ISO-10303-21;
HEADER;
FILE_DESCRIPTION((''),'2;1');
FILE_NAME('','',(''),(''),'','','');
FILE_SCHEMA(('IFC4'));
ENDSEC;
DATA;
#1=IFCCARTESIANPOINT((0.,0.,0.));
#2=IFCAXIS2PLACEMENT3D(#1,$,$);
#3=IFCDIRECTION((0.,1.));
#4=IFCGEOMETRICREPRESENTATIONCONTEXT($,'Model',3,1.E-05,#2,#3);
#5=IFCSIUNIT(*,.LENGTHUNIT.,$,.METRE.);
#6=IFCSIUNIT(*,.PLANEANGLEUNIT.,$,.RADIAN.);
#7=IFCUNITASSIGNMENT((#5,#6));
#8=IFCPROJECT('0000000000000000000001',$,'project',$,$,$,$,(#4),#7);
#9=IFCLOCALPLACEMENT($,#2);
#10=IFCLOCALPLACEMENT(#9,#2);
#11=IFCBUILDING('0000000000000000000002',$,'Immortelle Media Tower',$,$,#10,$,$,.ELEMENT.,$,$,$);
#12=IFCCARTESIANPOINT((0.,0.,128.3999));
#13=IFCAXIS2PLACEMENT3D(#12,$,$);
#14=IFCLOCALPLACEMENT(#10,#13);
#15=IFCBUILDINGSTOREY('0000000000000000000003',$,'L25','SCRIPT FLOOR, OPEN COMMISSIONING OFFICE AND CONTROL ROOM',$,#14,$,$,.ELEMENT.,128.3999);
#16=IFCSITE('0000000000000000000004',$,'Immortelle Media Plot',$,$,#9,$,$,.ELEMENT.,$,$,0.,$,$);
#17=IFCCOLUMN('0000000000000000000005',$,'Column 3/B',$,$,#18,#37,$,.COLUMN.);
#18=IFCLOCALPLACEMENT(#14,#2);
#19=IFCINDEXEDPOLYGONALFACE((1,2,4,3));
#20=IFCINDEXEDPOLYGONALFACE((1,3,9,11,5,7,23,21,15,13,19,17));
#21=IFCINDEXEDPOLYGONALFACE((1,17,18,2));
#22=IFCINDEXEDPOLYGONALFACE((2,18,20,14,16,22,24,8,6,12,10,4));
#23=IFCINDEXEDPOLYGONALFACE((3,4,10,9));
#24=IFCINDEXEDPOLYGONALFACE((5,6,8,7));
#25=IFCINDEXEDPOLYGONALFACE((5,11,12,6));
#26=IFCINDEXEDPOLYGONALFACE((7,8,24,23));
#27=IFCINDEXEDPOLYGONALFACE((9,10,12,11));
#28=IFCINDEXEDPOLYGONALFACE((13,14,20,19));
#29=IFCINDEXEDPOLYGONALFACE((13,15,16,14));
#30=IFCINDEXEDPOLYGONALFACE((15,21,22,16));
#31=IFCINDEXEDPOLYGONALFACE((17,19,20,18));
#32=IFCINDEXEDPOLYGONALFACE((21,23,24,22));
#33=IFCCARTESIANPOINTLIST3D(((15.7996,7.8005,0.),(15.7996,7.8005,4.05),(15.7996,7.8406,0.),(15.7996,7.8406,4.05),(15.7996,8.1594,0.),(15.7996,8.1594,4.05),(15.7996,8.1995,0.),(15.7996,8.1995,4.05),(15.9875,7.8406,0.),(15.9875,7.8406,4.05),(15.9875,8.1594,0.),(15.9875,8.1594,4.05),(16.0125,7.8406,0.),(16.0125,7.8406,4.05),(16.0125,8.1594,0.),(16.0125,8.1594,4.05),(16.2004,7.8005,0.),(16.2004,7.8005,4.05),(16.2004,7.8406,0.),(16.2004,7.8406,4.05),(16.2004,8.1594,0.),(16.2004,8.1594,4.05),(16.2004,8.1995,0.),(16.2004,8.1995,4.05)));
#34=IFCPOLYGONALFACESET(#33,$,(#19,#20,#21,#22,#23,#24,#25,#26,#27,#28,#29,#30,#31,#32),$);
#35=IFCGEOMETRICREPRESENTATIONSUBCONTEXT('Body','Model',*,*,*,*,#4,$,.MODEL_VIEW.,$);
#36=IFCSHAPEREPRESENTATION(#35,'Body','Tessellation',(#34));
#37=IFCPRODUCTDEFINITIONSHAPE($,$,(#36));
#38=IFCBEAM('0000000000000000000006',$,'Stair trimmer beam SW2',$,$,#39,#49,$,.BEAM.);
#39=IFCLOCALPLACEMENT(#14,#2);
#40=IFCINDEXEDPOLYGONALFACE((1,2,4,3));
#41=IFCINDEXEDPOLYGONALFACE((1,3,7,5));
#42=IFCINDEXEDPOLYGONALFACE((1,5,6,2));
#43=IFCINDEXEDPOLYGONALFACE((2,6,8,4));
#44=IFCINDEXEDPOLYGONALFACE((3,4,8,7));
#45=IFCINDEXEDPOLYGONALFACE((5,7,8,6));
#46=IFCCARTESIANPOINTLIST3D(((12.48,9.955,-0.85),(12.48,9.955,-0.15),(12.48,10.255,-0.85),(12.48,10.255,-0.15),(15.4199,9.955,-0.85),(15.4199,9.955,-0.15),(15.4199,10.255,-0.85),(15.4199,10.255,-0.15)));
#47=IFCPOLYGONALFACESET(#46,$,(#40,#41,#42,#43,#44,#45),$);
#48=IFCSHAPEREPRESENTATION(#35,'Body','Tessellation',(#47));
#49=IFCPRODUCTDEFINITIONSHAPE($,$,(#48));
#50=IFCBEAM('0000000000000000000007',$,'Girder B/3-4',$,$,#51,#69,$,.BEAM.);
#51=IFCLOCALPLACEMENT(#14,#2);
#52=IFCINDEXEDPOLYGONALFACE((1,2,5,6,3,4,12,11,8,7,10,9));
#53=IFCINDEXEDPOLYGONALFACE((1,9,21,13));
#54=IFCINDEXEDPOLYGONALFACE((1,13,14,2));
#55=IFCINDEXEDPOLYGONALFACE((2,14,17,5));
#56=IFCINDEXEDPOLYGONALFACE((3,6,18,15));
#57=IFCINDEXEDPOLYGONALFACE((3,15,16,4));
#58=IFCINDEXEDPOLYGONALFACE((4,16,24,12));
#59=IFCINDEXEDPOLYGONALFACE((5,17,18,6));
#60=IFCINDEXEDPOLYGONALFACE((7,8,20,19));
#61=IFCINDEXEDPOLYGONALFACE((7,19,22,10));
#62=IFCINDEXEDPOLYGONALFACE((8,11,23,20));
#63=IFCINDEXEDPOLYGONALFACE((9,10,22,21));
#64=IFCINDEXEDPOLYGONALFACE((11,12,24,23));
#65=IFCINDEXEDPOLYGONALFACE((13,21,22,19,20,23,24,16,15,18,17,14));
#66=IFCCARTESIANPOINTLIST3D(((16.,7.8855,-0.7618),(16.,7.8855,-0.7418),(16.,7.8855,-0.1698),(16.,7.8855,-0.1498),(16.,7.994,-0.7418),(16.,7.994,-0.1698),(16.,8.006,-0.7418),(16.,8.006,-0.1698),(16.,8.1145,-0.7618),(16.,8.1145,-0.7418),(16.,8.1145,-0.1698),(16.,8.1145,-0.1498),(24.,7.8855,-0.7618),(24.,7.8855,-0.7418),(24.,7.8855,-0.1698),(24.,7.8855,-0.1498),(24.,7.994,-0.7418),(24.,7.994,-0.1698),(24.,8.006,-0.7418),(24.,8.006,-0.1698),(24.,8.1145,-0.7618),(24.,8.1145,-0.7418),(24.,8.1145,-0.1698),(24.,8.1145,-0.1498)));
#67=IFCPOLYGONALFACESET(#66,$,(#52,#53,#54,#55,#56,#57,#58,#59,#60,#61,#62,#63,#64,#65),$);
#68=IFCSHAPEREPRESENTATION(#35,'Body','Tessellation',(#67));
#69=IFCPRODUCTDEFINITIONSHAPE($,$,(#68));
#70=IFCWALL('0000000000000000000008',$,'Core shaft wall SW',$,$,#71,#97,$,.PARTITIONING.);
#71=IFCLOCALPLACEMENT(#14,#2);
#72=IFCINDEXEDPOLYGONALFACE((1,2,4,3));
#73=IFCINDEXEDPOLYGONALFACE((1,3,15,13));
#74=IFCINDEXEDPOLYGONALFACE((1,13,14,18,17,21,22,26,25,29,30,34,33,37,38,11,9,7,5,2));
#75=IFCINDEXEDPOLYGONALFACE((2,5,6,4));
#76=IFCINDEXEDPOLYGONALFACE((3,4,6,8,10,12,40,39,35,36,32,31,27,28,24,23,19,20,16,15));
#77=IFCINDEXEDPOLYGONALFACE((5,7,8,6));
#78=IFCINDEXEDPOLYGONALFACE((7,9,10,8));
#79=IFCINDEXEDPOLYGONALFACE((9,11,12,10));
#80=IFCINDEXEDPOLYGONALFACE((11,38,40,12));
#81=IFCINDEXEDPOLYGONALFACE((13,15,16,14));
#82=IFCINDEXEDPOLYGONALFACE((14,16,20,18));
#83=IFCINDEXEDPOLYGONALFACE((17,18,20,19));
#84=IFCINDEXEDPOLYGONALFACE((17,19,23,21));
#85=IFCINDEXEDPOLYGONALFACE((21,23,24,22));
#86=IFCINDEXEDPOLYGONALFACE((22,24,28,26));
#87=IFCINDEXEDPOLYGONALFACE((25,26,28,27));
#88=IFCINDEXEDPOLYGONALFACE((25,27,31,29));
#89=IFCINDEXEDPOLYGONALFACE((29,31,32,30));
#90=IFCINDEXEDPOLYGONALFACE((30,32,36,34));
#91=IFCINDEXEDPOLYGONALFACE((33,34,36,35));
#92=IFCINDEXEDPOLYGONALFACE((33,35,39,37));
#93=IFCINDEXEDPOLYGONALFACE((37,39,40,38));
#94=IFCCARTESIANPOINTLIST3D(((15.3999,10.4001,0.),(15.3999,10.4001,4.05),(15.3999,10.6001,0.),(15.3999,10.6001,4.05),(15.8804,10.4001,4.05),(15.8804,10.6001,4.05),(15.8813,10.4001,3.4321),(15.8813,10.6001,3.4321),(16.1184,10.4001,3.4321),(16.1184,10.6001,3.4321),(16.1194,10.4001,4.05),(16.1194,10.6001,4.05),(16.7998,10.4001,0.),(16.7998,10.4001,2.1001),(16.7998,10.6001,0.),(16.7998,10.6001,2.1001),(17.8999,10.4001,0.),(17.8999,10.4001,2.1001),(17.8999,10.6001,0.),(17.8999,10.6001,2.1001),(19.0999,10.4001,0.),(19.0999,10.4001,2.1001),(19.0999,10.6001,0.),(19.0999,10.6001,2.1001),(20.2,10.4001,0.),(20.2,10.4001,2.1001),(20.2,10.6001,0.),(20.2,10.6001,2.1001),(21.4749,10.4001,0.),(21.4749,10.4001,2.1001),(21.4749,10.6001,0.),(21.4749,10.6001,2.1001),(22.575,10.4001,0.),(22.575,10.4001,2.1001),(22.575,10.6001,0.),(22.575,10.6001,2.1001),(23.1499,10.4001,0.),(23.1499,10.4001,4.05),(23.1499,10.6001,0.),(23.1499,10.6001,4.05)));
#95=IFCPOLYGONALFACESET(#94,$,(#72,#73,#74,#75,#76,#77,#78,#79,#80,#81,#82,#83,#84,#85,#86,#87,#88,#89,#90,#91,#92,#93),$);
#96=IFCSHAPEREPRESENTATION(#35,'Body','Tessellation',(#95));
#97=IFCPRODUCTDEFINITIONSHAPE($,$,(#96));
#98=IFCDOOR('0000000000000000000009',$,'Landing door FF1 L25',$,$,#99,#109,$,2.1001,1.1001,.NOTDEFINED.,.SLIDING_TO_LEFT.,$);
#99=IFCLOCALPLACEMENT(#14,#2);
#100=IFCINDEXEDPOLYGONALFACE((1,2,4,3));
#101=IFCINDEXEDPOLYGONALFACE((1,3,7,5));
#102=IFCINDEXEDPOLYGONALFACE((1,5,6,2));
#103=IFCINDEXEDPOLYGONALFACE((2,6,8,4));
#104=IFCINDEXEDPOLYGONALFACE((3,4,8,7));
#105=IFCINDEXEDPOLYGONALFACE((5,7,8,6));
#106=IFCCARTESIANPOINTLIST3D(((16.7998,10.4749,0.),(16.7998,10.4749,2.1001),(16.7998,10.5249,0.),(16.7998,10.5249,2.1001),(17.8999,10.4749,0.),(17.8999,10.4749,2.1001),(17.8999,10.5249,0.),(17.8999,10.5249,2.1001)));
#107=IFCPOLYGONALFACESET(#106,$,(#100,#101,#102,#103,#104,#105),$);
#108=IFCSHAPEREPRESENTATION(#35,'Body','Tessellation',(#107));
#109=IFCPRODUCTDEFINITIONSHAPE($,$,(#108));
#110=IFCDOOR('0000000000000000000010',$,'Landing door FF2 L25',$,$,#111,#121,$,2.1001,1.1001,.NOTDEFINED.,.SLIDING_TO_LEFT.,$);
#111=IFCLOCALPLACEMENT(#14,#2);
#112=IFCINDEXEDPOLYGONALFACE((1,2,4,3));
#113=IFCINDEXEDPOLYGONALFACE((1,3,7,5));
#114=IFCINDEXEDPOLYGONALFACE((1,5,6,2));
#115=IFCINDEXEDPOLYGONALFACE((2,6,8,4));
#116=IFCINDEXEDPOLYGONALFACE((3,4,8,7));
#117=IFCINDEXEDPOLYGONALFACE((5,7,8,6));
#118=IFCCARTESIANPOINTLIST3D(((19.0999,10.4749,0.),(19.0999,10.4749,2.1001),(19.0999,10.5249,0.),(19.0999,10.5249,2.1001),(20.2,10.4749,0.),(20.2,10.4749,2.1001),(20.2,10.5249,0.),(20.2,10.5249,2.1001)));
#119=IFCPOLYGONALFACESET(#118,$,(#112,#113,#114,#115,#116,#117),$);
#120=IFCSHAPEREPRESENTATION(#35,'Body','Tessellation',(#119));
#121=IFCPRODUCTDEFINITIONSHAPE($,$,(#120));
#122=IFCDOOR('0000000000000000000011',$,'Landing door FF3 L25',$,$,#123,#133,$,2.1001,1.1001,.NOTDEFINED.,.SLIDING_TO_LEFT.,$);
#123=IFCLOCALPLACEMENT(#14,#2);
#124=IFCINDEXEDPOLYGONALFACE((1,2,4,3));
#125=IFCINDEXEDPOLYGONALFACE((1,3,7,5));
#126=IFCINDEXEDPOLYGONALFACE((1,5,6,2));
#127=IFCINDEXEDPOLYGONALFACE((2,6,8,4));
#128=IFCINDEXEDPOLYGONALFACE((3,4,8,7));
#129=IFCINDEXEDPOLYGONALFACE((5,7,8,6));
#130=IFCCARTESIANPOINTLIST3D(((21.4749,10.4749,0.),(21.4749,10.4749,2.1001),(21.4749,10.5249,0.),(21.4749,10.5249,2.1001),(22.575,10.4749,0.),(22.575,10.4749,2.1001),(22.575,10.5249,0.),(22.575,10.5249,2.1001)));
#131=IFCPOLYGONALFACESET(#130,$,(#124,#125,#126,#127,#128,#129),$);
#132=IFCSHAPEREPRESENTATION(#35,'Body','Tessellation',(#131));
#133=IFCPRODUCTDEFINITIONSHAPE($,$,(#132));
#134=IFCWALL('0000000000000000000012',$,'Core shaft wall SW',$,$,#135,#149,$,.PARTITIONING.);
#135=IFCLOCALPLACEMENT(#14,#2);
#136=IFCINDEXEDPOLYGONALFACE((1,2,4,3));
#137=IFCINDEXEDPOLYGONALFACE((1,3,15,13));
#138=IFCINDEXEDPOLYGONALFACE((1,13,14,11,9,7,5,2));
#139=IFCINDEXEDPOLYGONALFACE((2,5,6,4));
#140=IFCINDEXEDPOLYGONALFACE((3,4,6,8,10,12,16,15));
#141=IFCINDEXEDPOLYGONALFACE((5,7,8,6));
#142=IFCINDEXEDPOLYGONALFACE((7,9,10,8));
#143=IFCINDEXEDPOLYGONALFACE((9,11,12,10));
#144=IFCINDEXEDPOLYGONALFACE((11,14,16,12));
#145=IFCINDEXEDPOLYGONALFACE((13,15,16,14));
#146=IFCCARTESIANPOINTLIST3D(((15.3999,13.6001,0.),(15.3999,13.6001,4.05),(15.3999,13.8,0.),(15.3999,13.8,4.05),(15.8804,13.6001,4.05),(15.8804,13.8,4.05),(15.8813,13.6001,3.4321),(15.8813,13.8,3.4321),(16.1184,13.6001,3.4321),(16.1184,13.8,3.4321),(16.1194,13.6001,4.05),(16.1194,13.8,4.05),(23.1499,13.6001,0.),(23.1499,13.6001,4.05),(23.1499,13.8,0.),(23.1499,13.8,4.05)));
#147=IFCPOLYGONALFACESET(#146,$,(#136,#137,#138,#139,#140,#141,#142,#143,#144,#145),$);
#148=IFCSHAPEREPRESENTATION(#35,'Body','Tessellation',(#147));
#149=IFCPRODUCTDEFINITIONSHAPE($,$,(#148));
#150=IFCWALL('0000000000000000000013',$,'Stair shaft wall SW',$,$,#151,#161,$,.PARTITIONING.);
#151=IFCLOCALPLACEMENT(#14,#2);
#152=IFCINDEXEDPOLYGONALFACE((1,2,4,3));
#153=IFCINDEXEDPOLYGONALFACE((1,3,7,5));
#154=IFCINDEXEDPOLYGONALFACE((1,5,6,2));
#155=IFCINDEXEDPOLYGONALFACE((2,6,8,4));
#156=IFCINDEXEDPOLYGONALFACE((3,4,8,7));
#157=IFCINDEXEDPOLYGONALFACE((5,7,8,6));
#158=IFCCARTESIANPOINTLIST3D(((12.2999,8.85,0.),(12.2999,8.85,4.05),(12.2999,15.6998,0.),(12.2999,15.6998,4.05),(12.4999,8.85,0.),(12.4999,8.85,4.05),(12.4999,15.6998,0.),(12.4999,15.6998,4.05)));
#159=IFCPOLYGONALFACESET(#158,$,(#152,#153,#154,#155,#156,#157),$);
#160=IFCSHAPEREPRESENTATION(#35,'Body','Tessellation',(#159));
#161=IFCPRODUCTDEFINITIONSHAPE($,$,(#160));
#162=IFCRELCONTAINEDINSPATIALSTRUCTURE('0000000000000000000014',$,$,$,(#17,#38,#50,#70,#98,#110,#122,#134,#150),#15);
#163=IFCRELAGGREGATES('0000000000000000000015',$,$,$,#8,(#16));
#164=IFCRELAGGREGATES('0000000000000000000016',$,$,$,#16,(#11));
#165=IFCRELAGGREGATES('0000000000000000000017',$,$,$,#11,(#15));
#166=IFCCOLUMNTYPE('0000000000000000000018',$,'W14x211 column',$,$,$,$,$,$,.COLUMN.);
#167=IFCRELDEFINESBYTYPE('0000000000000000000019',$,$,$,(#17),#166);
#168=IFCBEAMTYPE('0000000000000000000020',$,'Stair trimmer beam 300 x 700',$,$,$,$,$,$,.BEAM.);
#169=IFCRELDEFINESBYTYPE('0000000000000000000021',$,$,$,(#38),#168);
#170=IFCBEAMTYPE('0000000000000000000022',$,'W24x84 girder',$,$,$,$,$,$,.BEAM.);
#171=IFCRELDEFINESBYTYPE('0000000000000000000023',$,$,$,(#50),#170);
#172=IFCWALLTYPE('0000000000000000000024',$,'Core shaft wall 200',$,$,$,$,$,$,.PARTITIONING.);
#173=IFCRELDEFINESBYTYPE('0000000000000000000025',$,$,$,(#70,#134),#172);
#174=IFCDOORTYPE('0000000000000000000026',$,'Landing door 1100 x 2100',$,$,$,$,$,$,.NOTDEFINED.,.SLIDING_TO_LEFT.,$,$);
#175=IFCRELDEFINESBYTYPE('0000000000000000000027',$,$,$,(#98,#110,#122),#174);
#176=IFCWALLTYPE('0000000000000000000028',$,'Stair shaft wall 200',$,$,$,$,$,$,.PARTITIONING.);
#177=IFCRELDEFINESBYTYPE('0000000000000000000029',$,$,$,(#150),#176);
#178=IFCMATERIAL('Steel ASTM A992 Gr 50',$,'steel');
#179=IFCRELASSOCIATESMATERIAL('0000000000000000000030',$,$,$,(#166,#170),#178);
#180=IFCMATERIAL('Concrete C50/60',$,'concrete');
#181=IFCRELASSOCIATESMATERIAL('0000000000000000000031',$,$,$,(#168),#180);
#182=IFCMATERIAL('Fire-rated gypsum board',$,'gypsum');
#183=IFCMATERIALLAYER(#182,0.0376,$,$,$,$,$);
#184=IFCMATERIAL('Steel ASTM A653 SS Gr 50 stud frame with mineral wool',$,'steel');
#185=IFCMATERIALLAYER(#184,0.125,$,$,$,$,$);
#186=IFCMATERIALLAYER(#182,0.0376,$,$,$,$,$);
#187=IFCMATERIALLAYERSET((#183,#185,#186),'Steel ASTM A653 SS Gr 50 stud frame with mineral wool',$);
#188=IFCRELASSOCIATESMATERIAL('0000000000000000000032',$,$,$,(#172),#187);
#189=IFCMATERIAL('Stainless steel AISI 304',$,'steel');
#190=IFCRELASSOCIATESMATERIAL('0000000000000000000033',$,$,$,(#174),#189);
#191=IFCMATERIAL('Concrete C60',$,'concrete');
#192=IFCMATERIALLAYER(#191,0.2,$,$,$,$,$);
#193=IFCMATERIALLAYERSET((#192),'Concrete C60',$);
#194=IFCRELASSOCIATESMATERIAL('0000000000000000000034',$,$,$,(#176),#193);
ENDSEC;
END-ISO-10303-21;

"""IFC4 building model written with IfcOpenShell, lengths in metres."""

from ifc_helpers import new_model, si_unit, direction, frame, frame_2d, origin, origin_2d, place, context, subcontext, project, spatial, polyline, rectangle, i_section, outline, extrude, material, layer, layer_set, material_profile, profile_set, type_object, element, fill, save


model = new_model("IFC4")

# Units and contexts
model_context = context("Model", 3, precision=1e-05, world=origin(), true_north=direction((0.0, 1.0)))
body_context = subcontext(model_context, "Body", "Model", "MODEL_VIEW")
ifc_project = project(units=[si_unit("LENGTHUNIT", "METRE"), si_unit("PLANEANGLEUNIT", "RADIAN")], contexts=[model_context])

# Site, building, storey
site_placement = place(None, origin())
site = spatial("IfcSite", under=ifc_project, at=site_placement, Name="Immortelle Media Plot", CompositionType="ELEMENT", RefElevation=0.0)
building_placement = place(site_placement, origin())
building = spatial("IfcBuilding", under=site, at=building_placement, Name="Immortelle Media Tower", CompositionType="ELEMENT")
storey_placement = place(building_placement, frame((0.0, 0.0, 128.3999)))
storey = spatial("IfcBuildingStorey", under=building, at=storey_placement, Name="L25", Description="SCRIPT FLOOR, OPEN COMMISSIONING OFFICE AND CONTROL ROOM", CompositionType="ELEMENT", Elevation=128.3999)

# Column
ifc_material_1 = material(Name="Steel ASTM A992 Gr 50", Category="steel")
ifc_material_profile_1 = material_profile(ifc_material_1, i_section(OverallWidth=0.4009, OverallDepth=0.3989, WebThickness=0.0249, FlangeThickness=0.04, at=origin_2d()), Name="W14x211")
ifc_profile_set_1 = profile_set([ifc_material_profile_1], Name="Steel ASTM A992 Gr 50")
column_type = type_object("IfcColumnType", Name="W14x211 column", PredefinedType="COLUMN", material=ifc_profile_set_1)
column_placement = place(storey_placement, frame((16.0, 8.0, 0.0), z_axis=(0.0, 0.0, 1.0), x_axis=(1.0, 0.0, 0.0)))
element("IfcColumn", 1, at=column_placement, inside=storey, type_object=column_type, Name="Column 3/B", PredefinedType="COLUMN", context=body_context, shape_type="SweptSolid", body=[
    extrude(i_section(OverallWidth=0.4009, OverallDepth=0.3989, WebThickness=0.0249, FlangeThickness=0.04, at=origin_2d()), origin(), (0.0, 0.0, 1.0), 4.05),
])

# Beams
ifc_material_2 = material(Name="Concrete C50/60", Category="concrete")
ifc_material_profile_2 = material_profile(ifc_material_2, rectangle(XDim=0.3, YDim=0.7, at=origin_2d()), Name="RC 300x700")
ifc_profile_set_2 = profile_set([ifc_material_profile_2], Name="Concrete C50/60")
beam_type_1 = type_object("IfcBeamType", Name="Stair trimmer beam 300 x 700", PredefinedType="BEAM", material=ifc_profile_set_2)
beam_1_placement = place(storey_placement, frame((12.48, 10.105, -0.5), z_axis=(1.0, 0.0, 0.0), x_axis=(0.0, 1.0, 0.0)))
element("IfcBeam", 2, at=beam_1_placement, inside=storey, type_object=beam_type_1, Name="Stair trimmer beam SW2", PredefinedType="BEAM", context=body_context, shape_type="SweptSolid", body=[
    extrude(rectangle(XDim=0.3, YDim=0.7, at=origin_2d()), origin(), (0.0, 0.0, 1.0), 2.9399),
])
ifc_material_profile_3 = material_profile(ifc_material_1, i_section(OverallWidth=0.229, OverallDepth=0.6121, WebThickness=0.012, FlangeThickness=0.02, at=origin_2d()), Name="W24x84")
ifc_profile_set_3 = profile_set([ifc_material_profile_3], Name="Steel ASTM A992 Gr 50")
beam_type_2 = type_object("IfcBeamType", Name="W24x84 girder", PredefinedType="BEAM", material=ifc_profile_set_3)
beam_2_placement = place(storey_placement, frame((16.0, 8.0, -0.4558), z_axis=(1.0, 0.0, 0.0), x_axis=(0.0, 1.0, 0.0)))
element("IfcBeam", 3, at=beam_2_placement, inside=storey, type_object=beam_type_2, Name="Girder B/3-4", PredefinedType="BEAM", context=body_context, shape_type="SweptSolid", body=[
    extrude(i_section(OverallWidth=0.229, OverallDepth=0.6121, WebThickness=0.012, FlangeThickness=0.02, at=origin_2d()), origin(), (0.0, 0.0, 1.0), 8.0),
])

# Wall, openings, doors
ifc_material_3 = material(Name="Fire-rated gypsum board", Category="gypsum")
ifc_layer_1 = layer(ifc_material_3, 0.0376)
ifc_material_4 = material(Name="Steel ASTM A653 SS Gr 50 stud frame with mineral wool", Category="steel")
ifc_layer_2 = layer(ifc_material_4, 0.125)
ifc_layer_3 = layer(ifc_material_3, 0.0376)
ifc_layer_set_1 = layer_set([ifc_layer_1, ifc_layer_2, ifc_layer_3], Name="Steel ASTM A653 SS Gr 50 stud frame with mineral wool")
wall_type_1 = type_object("IfcWallType", Name="Core shaft wall 200", PredefinedType="PARTITIONING", material=ifc_layer_set_1)
wall_1_placement = place(storey_placement, frame((15.3999, 10.5, 0.0), z_axis=(0.0, 0.0, 1.0), x_axis=(1.0, 0.0, 0.0)))
wall_1 = element("IfcWall", 4, at=wall_1_placement, inside=storey, type_object=wall_type_1, Name="Core shaft wall SW", PredefinedType="PARTITIONING", context=body_context, shape_type="SweptSolid", body=[
    extrude(outline(polyline([(0.0, 0.0), (7.75, 0.0), (7.75, 4.05), (0.7195, 4.05), (0.7185, 3.4321), (0.4814, 3.4321), (0.4805, 4.05), (0.0, 4.05), (0.0, 0.0)])), frame((0.0, 0.1001, 0.0), z_axis=(0.0, -1.0, 0.0), x_axis=(1.0, 0.0, 0.0)), (0.0, 0.0, 1.0), 0.2),
])
opening_1_placement = place(wall_1_placement, frame((1.3999, 0.0, 0.0)))
opening_1 = element("IfcOpeningElement", 5, at=opening_1_placement, cuts=wall_1, PredefinedType="OPENING", context=body_context, shape_type="SweptSolid", body=[
    extrude(rectangle(XDim=1.1001, YDim=2.1001, at=frame_2d((0.55, 1.05))), frame((0.0, 0.1099, 0.0), z_axis=(0.0, -1.0, 0.0), x_axis=(1.0, 0.0, 0.0)), (0.0, 0.0, 1.0), 0.22),
])
opening_2_placement = place(wall_1_placement, frame((3.7, 0.0, 0.0)))
opening_2 = element("IfcOpeningElement", 6, at=opening_2_placement, cuts=wall_1, PredefinedType="OPENING", context=body_context, shape_type="SweptSolid", body=[
    extrude(rectangle(XDim=1.1001, YDim=2.1001, at=frame_2d((0.55, 1.05))), frame((0.0, 0.1099, 0.0), z_axis=(0.0, -1.0, 0.0), x_axis=(1.0, 0.0, 0.0)), (0.0, 0.0, 1.0), 0.22),
])
opening_3_placement = place(wall_1_placement, frame((6.075, 0.0, 0.0)))
opening_3 = element("IfcOpeningElement", 7, at=opening_3_placement, cuts=wall_1, PredefinedType="OPENING", context=body_context, shape_type="SweptSolid", body=[
    extrude(rectangle(XDim=1.1001, YDim=2.1001, at=frame_2d((0.55, 1.05))), frame((0.0, 0.1099, 0.0), z_axis=(0.0, -1.0, 0.0), x_axis=(1.0, 0.0, 0.0)), (0.0, 0.0, 1.0), 0.22),
])
ifc_material_5 = material(Name="Stainless steel AISI 304", Category="steel")
door_type_1 = type_object("IfcDoorType", Name="Landing door 1100 x 2100", OperationType="SLIDING_TO_LEFT", PredefinedType="NOTDEFINED", material=ifc_material_5)
door_1_placement = place(opening_1_placement, origin())
door_1 = element("IfcDoor", 8, at=door_1_placement, inside=storey, type_object=door_type_1, Name="Landing door FF1 L25", OperationType="SLIDING_TO_LEFT", OverallHeight=2.1001, OverallWidth=1.1001, PredefinedType="NOTDEFINED", context=body_context, shape_type="SweptSolid", body=[
    extrude(rectangle(XDim=1.1001, YDim=2.1001, at=frame_2d((0.55, 1.05))), frame((0.0, 0.0249, 0.0), z_axis=(0.0, -1.0, 0.0), x_axis=(1.0, 0.0, 0.0)), (0.0, 0.0, 1.0), 0.05),
])
fill(opening_1, door_1)
door_2_placement = place(opening_2_placement, origin())
door_2 = element("IfcDoor", 9, at=door_2_placement, inside=storey, type_object=door_type_1, Name="Landing door FF2 L25", OperationType="SLIDING_TO_LEFT", OverallHeight=2.1001, OverallWidth=1.1001, PredefinedType="NOTDEFINED", context=body_context, shape_type="SweptSolid", body=[
    extrude(rectangle(XDim=1.1001, YDim=2.1001, at=frame_2d((0.55, 1.05))), frame((0.0, 0.0249, 0.0), z_axis=(0.0, -1.0, 0.0), x_axis=(1.0, 0.0, 0.0)), (0.0, 0.0, 1.0), 0.05),
])
fill(opening_2, door_2)
door_3_placement = place(opening_3_placement, origin())
door_3 = element("IfcDoor", 10, at=door_3_placement, inside=storey, type_object=door_type_1, Name="Landing door FF3 L25", OperationType="SLIDING_TO_LEFT", OverallHeight=2.1001, OverallWidth=1.1001, PredefinedType="NOTDEFINED", context=body_context, shape_type="SweptSolid", body=[
    extrude(rectangle(XDim=1.1001, YDim=2.1001, at=frame_2d((0.55, 1.05))), frame((0.0, 0.0249, 0.0), z_axis=(0.0, -1.0, 0.0), x_axis=(1.0, 0.0, 0.0)), (0.0, 0.0, 1.0), 0.05),
])
fill(opening_3, door_3)

# Walls
wall_2_placement = place(storey_placement, frame((15.3999, 13.7, 0.0), z_axis=(0.0, 0.0, 1.0), x_axis=(1.0, 0.0, 0.0)))
element("IfcWall", 11, at=wall_2_placement, inside=storey, type_object=wall_type_1, Name="Core shaft wall SW", PredefinedType="PARTITIONING", context=body_context, shape_type="SweptSolid", body=[
    extrude(outline(polyline([(0.0, 0.0), (7.75, 0.0), (7.75, 4.05), (0.7195, 4.05), (0.7185, 3.4321), (0.4814, 3.4321), (0.4805, 4.05), (0.0, 4.05), (0.0, 0.0)])), frame((0.0, 0.1001, 0.0), z_axis=(0.0, -1.0, 0.0), x_axis=(1.0, 0.0, 0.0)), (0.0, 0.0, 1.0), 0.2),
])
ifc_material_6 = material(Name="Concrete C60", Category="concrete")
ifc_layer_4 = layer(ifc_material_6, 0.2)
ifc_layer_set_2 = layer_set([ifc_layer_4], Name="Concrete C60")
wall_type_2 = type_object("IfcWallType", Name="Stair shaft wall 200", PredefinedType="PARTITIONING", material=ifc_layer_set_2)
wall_3_placement = place(storey_placement, frame((12.3999, 8.8501, 0.0), z_axis=(0.0, 0.0, 1.0), x_axis=(0.0, 1.0, 0.0)))
element("IfcWall", 12, at=wall_3_placement, inside=storey, type_object=wall_type_2, Name="Stair shaft wall SW", PredefinedType="PARTITIONING", context=body_context, shape_type="SweptSolid", body=[
    extrude(rectangle(XDim=6.8499, YDim=0.2, at=frame_2d((3.4248, 0.0))), origin(), (0.0, 0.0, 1.0), 4.05),
])

save(model, "model.ifc")
